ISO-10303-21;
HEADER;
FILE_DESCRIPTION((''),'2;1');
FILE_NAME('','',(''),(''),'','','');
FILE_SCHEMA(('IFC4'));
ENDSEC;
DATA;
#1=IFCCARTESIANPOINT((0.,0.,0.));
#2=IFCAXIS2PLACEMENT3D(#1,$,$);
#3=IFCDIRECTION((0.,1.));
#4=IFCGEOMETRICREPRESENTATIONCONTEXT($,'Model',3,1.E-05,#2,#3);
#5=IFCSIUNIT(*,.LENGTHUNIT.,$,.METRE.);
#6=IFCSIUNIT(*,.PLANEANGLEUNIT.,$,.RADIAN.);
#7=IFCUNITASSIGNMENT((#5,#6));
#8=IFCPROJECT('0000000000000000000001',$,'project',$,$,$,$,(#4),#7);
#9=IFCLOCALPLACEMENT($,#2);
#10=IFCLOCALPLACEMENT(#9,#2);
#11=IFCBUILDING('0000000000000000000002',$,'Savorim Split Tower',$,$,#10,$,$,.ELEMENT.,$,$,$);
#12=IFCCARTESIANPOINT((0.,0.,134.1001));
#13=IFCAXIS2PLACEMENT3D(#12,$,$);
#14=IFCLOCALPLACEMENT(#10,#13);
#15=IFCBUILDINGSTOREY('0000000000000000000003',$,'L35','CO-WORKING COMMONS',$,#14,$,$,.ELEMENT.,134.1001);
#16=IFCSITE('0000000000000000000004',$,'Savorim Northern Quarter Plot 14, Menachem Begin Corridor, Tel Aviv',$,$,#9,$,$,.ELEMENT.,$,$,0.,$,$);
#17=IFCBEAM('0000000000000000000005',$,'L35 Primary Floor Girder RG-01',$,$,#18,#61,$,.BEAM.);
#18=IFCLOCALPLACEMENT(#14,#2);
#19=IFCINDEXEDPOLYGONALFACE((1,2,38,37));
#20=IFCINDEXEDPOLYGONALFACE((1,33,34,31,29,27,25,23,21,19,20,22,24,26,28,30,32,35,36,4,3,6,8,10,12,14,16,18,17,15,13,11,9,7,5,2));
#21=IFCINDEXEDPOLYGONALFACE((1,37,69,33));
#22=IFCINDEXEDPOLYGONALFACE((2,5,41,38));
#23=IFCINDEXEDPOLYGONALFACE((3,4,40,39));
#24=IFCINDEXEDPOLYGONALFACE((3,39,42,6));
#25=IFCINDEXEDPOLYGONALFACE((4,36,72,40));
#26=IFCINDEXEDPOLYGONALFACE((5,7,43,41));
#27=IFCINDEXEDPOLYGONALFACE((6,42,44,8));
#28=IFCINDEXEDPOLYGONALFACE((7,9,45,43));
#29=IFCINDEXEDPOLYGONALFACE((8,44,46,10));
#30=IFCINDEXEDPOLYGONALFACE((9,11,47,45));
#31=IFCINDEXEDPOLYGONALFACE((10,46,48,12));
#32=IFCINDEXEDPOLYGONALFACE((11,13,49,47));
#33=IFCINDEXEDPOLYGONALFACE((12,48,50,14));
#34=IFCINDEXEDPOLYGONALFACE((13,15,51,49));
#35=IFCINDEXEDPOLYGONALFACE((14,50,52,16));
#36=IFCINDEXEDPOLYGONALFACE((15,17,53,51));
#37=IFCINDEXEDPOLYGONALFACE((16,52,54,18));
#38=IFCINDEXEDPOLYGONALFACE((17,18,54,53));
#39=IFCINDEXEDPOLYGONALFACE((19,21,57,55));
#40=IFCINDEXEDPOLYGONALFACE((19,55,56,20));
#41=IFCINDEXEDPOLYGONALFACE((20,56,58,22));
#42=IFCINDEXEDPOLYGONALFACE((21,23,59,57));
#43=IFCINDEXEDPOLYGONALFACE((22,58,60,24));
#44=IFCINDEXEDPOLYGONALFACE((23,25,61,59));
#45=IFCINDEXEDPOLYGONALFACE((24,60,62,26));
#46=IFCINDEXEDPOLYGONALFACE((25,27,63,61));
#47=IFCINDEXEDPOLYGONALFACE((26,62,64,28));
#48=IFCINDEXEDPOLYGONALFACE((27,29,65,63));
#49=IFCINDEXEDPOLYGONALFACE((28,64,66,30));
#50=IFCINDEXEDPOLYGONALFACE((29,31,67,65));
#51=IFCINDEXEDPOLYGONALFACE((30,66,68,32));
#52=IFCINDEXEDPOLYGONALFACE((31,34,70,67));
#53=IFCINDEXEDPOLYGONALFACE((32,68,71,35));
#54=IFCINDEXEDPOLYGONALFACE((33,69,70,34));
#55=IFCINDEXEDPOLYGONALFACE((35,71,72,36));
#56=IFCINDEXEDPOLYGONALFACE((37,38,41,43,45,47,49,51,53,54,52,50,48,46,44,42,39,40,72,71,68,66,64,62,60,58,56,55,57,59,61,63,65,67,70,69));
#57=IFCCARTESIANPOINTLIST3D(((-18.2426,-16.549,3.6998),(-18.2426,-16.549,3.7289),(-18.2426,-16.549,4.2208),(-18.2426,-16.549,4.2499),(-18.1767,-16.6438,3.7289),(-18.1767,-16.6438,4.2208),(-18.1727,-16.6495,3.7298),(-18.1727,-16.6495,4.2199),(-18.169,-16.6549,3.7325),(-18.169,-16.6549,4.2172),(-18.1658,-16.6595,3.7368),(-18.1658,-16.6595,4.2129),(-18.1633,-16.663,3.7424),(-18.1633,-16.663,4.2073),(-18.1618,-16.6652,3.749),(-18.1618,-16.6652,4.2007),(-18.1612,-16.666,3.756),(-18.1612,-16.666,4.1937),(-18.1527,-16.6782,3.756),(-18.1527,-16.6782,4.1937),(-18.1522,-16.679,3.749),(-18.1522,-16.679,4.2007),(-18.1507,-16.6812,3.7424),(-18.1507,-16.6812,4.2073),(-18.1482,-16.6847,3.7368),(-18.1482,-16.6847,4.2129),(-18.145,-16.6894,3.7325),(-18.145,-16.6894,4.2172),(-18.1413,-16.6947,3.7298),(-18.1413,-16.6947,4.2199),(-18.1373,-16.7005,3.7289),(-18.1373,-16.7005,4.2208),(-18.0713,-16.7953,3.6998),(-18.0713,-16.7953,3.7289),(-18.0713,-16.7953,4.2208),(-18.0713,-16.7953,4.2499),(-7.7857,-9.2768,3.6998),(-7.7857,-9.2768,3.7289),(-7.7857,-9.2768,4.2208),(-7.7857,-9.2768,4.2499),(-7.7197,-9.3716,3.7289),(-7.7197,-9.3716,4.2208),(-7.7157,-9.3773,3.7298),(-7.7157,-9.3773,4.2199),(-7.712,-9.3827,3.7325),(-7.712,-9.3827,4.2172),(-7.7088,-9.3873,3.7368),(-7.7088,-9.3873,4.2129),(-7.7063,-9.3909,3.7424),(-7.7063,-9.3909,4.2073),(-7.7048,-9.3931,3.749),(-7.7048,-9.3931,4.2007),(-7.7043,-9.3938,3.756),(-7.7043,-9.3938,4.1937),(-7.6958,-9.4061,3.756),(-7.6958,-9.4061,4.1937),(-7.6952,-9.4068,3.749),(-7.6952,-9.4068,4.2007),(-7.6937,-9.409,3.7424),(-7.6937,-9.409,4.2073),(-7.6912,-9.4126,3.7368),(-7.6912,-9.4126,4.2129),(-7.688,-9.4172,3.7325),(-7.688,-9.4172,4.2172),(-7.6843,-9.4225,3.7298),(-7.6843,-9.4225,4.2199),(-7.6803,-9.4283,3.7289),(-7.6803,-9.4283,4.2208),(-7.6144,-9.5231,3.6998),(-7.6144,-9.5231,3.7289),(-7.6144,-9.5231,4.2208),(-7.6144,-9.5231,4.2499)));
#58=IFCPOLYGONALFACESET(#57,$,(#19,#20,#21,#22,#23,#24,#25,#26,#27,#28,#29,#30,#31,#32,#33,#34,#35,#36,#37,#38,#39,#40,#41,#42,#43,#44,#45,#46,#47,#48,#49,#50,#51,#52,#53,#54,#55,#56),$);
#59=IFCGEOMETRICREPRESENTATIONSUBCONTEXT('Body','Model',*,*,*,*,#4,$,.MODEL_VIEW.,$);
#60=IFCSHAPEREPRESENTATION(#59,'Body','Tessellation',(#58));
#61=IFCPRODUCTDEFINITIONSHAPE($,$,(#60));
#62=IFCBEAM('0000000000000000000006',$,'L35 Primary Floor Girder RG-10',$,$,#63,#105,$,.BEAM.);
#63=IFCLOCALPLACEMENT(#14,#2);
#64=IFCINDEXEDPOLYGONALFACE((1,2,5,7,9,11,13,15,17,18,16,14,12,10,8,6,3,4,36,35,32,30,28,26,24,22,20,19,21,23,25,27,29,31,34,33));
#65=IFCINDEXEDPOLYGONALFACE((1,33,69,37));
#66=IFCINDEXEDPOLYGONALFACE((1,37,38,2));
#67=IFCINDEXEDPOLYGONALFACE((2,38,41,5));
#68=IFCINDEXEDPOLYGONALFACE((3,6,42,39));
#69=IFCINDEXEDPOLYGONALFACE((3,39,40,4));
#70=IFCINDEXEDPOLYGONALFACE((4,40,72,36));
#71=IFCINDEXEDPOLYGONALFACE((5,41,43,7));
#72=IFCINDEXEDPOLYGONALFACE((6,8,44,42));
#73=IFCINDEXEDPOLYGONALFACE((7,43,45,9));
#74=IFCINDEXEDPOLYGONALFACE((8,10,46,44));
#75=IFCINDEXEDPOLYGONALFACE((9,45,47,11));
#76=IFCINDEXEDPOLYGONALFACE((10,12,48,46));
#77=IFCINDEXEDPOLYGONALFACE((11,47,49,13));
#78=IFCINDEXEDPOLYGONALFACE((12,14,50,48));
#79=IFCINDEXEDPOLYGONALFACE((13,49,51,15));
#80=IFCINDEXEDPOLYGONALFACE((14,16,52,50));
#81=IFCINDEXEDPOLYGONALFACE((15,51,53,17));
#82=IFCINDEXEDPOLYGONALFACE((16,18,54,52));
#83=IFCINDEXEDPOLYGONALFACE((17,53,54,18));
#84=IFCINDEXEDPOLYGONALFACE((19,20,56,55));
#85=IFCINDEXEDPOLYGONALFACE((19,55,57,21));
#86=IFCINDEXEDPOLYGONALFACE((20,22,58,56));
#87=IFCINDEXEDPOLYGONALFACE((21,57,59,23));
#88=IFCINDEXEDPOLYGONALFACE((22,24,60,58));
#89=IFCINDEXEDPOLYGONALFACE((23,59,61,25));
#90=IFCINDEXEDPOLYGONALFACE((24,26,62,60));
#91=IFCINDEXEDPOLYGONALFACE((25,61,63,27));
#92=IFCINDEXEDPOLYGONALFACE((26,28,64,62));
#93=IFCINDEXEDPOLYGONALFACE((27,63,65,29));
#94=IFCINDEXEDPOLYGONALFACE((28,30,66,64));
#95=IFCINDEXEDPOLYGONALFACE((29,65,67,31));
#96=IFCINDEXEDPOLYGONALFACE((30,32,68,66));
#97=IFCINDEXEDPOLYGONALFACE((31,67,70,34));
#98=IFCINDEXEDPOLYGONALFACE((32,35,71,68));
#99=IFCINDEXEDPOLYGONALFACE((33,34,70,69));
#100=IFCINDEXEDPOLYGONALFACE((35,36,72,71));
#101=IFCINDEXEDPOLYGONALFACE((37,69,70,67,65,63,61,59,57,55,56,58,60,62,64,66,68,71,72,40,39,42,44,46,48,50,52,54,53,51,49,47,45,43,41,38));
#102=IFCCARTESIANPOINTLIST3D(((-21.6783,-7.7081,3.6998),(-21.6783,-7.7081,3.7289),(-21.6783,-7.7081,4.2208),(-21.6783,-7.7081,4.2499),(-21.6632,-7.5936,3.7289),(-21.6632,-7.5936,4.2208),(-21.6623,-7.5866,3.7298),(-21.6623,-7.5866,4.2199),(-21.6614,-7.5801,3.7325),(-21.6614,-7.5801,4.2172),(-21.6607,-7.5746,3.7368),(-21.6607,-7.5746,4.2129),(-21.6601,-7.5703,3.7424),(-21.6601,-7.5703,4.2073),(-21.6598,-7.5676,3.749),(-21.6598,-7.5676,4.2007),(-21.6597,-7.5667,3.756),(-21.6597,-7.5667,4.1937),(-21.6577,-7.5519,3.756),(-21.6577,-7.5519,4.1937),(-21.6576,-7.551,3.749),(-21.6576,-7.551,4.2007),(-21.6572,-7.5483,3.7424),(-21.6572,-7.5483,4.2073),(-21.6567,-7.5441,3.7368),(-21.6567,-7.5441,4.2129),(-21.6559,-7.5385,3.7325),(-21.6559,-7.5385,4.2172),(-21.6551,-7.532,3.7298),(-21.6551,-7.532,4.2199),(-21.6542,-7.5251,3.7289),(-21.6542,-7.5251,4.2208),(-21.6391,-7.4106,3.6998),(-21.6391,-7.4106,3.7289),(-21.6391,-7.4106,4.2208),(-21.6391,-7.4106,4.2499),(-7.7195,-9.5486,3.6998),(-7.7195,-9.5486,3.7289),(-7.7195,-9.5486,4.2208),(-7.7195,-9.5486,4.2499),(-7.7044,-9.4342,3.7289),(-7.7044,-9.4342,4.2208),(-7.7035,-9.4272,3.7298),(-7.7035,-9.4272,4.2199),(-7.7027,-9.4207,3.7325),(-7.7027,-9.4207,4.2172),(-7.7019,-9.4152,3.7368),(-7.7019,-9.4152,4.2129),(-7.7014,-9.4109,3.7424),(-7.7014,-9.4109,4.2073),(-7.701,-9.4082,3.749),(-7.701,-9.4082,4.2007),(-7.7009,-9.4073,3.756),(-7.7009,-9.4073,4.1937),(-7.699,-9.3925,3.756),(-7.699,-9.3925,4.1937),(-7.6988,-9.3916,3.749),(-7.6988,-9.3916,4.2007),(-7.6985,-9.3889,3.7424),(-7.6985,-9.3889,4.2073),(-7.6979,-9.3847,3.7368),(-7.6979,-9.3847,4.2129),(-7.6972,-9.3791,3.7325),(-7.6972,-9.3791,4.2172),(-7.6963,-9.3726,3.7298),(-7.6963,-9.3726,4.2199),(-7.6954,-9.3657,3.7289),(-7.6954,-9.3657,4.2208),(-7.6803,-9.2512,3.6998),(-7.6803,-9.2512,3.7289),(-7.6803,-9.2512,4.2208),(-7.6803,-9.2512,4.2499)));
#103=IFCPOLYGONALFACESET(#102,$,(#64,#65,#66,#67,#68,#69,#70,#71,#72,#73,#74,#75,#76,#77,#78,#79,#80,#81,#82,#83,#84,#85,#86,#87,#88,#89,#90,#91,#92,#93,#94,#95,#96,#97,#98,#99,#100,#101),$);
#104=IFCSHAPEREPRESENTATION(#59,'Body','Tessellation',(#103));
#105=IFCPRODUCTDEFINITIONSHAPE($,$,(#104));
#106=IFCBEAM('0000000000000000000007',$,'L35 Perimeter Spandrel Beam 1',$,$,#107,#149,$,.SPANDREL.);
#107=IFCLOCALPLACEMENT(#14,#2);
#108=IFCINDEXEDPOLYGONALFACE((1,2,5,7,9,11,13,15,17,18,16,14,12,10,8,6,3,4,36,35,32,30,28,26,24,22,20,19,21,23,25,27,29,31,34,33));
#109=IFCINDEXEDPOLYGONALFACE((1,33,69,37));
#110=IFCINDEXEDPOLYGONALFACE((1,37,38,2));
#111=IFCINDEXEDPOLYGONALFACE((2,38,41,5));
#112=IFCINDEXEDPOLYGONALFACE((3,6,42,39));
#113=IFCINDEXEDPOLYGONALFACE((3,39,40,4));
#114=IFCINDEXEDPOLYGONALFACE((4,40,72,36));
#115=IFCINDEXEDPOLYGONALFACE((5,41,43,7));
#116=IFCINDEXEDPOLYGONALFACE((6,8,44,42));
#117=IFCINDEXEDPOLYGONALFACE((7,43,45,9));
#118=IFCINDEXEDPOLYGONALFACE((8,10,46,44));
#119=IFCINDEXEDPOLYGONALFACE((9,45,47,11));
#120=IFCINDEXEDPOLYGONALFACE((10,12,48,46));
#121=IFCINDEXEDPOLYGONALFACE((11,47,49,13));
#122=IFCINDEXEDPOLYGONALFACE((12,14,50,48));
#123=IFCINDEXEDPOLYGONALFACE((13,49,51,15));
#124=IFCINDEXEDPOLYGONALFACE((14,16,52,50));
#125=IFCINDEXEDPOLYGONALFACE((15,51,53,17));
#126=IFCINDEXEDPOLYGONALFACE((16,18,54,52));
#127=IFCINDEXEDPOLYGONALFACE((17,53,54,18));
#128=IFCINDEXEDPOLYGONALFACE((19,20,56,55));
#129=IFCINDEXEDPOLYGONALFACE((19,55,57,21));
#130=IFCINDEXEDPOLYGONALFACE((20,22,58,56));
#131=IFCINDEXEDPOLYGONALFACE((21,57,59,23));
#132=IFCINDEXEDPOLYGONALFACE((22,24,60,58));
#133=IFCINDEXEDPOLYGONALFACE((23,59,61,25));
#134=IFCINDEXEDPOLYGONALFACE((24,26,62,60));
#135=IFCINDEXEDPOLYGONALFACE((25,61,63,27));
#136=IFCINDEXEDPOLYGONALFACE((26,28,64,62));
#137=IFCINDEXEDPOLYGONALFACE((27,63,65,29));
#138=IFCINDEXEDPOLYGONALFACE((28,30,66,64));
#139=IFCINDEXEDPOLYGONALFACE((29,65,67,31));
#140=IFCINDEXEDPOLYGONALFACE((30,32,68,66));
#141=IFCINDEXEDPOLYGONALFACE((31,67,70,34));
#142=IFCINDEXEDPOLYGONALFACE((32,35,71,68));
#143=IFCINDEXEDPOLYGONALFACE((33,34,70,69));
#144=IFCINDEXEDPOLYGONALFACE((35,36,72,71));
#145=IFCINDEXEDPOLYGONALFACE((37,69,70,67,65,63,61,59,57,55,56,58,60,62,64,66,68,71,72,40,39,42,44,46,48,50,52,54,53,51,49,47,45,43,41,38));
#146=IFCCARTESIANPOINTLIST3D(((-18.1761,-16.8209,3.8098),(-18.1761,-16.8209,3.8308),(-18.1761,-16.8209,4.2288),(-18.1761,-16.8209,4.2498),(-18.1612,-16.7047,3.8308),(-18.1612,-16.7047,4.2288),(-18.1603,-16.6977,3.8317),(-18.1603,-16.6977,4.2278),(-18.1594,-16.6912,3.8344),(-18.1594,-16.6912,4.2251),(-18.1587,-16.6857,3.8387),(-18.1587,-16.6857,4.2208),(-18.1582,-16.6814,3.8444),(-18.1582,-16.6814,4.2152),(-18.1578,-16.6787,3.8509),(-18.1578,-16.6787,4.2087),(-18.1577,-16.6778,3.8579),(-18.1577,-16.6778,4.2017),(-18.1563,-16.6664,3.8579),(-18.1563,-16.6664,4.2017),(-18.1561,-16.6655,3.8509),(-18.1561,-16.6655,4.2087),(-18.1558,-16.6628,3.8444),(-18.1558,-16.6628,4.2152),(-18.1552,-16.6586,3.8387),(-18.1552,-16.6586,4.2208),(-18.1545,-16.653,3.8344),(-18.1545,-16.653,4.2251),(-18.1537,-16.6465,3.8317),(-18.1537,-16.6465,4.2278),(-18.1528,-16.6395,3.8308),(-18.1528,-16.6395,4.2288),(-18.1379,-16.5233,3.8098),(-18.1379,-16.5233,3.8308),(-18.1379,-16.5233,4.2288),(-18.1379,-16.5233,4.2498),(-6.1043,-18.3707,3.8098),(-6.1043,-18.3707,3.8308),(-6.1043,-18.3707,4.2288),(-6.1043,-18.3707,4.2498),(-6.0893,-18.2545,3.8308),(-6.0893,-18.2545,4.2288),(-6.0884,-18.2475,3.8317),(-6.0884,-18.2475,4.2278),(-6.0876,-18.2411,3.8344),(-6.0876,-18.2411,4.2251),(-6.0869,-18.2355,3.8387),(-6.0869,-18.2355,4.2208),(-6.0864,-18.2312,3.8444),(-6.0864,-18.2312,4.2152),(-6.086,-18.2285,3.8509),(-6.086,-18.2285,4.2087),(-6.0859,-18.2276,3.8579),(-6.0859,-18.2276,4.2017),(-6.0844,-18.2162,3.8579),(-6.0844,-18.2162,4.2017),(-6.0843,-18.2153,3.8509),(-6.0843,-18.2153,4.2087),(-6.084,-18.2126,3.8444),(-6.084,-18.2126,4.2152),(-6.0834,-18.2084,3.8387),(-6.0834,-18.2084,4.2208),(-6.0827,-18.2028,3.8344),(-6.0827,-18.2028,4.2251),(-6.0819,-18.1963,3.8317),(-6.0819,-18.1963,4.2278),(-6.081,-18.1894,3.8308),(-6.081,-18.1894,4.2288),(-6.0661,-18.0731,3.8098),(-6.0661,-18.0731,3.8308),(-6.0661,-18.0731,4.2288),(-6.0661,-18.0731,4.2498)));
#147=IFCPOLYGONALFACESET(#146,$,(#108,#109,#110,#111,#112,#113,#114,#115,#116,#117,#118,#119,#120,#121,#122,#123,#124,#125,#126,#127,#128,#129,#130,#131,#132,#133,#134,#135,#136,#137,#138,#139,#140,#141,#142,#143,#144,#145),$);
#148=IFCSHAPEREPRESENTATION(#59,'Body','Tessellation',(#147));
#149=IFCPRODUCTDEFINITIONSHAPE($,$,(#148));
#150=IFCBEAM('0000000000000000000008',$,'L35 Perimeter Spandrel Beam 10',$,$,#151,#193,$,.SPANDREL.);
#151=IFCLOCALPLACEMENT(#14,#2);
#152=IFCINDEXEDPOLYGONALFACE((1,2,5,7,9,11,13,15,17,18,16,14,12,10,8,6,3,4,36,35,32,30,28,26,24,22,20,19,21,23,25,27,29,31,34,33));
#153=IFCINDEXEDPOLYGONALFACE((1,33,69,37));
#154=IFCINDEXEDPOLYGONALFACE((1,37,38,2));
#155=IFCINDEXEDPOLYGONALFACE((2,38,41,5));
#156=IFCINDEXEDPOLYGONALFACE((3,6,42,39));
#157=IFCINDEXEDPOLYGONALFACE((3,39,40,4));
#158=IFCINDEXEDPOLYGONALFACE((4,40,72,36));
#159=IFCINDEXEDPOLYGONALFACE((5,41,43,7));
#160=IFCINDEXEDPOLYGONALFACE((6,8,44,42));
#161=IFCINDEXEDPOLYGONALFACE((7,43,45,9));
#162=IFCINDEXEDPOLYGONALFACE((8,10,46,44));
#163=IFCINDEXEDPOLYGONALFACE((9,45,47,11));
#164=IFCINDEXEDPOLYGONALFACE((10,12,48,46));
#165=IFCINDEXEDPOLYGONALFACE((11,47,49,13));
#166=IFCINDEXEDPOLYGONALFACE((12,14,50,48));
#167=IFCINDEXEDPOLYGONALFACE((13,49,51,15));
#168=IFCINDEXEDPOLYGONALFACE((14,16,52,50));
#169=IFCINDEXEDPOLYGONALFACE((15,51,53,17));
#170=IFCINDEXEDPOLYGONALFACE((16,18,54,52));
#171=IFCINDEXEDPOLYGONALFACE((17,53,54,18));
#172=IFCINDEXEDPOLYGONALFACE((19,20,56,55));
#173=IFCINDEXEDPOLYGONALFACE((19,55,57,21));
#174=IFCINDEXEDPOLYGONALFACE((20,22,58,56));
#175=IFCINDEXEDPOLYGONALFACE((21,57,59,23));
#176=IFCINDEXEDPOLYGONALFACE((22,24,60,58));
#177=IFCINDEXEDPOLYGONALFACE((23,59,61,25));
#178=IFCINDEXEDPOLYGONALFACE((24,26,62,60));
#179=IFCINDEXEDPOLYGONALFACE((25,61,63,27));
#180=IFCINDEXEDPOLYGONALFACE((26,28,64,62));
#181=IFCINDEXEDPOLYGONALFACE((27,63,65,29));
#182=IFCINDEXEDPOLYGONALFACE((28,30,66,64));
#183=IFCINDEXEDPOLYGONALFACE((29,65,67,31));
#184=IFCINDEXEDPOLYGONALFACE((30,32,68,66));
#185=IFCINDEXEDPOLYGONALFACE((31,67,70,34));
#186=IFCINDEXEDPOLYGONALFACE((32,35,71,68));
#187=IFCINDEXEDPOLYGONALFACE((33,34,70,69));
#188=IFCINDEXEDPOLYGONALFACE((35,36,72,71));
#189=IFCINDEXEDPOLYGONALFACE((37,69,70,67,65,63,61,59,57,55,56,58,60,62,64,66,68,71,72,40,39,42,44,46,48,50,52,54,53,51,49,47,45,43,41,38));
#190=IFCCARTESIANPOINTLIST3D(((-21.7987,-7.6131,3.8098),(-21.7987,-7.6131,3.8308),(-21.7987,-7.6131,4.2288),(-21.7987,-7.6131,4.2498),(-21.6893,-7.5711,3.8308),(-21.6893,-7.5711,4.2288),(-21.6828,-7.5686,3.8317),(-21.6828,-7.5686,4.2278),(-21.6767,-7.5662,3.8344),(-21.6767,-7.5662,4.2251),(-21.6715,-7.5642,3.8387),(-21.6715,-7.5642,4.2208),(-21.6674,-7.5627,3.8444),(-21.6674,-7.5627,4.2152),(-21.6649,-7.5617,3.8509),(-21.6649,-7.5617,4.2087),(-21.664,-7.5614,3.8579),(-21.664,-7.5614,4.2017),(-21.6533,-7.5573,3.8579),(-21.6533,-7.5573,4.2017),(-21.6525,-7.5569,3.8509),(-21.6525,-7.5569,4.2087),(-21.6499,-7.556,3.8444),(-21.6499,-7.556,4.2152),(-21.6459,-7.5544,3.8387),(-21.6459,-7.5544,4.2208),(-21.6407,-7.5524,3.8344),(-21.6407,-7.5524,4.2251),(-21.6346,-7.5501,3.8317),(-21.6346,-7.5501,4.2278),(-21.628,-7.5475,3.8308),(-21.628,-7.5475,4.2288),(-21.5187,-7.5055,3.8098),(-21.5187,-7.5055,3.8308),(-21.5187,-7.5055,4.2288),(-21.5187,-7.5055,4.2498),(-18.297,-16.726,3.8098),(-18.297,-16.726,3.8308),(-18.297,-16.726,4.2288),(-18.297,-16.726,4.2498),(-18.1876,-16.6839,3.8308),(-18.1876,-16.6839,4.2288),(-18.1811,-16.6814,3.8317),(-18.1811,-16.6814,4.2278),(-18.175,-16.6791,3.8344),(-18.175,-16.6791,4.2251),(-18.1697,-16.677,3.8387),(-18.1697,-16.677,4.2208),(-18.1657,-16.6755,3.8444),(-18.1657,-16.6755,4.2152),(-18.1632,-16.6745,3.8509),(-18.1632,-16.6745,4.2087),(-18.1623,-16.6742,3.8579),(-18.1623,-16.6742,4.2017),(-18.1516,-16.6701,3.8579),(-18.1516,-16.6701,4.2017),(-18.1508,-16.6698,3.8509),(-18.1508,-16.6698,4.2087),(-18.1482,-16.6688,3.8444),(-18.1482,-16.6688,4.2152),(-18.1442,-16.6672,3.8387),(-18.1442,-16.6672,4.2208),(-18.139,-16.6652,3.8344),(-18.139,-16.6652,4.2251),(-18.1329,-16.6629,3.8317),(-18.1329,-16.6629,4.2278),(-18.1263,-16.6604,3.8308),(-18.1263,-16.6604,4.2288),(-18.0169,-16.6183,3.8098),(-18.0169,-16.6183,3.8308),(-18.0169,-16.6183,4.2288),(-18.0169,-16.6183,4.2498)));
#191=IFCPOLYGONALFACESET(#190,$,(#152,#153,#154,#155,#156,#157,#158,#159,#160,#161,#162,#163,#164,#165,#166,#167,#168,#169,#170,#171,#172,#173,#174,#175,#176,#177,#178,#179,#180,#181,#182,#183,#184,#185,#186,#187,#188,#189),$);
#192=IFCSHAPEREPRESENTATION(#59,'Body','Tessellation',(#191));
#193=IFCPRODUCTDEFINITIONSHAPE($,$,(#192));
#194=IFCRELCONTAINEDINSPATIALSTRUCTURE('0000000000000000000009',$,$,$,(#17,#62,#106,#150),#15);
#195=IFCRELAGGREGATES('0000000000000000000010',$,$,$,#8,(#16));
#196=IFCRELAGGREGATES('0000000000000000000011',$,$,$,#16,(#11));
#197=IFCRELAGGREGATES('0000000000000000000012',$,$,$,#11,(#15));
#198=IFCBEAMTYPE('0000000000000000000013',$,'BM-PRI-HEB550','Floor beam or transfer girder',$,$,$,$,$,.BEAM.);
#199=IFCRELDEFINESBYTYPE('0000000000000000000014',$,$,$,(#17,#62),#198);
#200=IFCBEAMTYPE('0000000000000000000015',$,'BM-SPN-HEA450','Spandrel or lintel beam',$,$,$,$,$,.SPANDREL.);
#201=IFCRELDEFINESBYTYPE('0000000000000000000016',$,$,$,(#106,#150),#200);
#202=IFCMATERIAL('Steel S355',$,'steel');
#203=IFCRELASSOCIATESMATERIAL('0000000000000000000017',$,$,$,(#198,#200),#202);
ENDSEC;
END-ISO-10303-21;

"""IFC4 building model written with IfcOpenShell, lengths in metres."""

from ifc_helpers import new_model, si_unit, direction, frame, origin, origin_2d, place, context, subcontext, project, spatial, i_section, extrude, material, material_profile, profile_set, type_object, element, save


model = new_model("IFC4")

# Units and contexts
model_context = context("Model", 3, precision=1e-05, world=origin(), true_north=direction((0.0, 1.0)))
body_context = subcontext(model_context, "Body", "Model", "MODEL_VIEW")
ifc_project = project(units=[si_unit("LENGTHUNIT", "METRE"), si_unit("PLANEANGLEUNIT", "RADIAN")], contexts=[model_context])

# Site, building, storey
site_placement = place(None, origin())
site = spatial("IfcSite", under=ifc_project, at=site_placement, Name="Savorim Northern Quarter Plot 14, Menachem Begin Corridor, Tel Aviv", CompositionType="ELEMENT", RefElevation=0.0)
building_placement = place(site_placement, origin())
building = spatial("IfcBuilding", under=site, at=building_placement, Name="Savorim Split Tower", CompositionType="ELEMENT")
storey_placement = place(building_placement, frame((0.0, 0.0, 134.1001)))
storey = spatial("IfcBuildingStorey", under=building, at=storey_placement, Name="L35", Description="CO-WORKING COMMONS", CompositionType="ELEMENT", Elevation=134.1001)

# Beams
ifc_material_1 = material(Name="Steel S355", Category="steel")
ifc_material_profile_1 = material_profile(ifc_material_1, i_section(OverallWidth=0.3, OverallDepth=0.55, WebThickness=0.0149, FlangeThickness=0.0291, FilletRadius=0.0271, at=origin_2d()), Name="HEB 550")
ifc_profile_set_1 = profile_set([ifc_material_profile_1], Name="Steel S355")
beam_type_1 = type_object("IfcBeamType", Name="BM-PRI-HEB550", Description="Floor beam or transfer girder", PredefinedType="BEAM", material=ifc_profile_set_1)
beam_1_placement = place(storey_placement, frame((-18.157, -16.6721, 3.9749), z_axis=(0.820988, 0.570946, 0.0), x_axis=(-0.570946, 0.820988, 0.0)))
element("IfcBeam", 1, at=beam_1_placement, inside=storey, type_object=beam_type_1, Name="L35 Primary Floor Girder RG-01", PredefinedType="BEAM", context=body_context, shape_type="SweptSolid", body=[
    extrude(i_section(OverallWidth=0.3, OverallDepth=0.55, WebThickness=0.0149, FlangeThickness=0.0291, FilletRadius=0.0271, at=origin_2d()), origin(), (0.0, 0.0, 1.0), 12.7371),
])
beam_2_placement = place(storey_placement, frame((-21.6587, -7.5593, 3.9749), z_axis=(0.991418, -0.130727, 0.0), x_axis=(0.130727, 0.991418, 0.0)))
element("IfcBeam", 2, at=beam_2_placement, inside=storey, type_object=beam_type_1, Name="L35 Primary Floor Girder RG-10", PredefinedType="BEAM", context=body_context, shape_type="SweptSolid", body=[
    extrude(i_section(OverallWidth=0.3, OverallDepth=0.55, WebThickness=0.0149, FlangeThickness=0.0291, FilletRadius=0.0271, at=origin_2d()), origin(), (0.0, 0.0, 1.0), 14.0796),
])
ifc_material_profile_2 = material_profile(ifc_material_1, i_section(OverallWidth=0.3, OverallDepth=0.4399, WebThickness=0.0115, FlangeThickness=0.021, FilletRadius=0.0271, at=origin_2d()), Name="HEA 450")
ifc_profile_set_2 = profile_set([ifc_material_profile_2], Name="Steel S355")
beam_type_2 = type_object("IfcBeamType", Name="BM-SPN-HEA450", Description="Spandrel or lintel beam", PredefinedType="SPANDREL", material=ifc_profile_set_2)
beam_3_placement = place(storey_placement, frame((-18.157, -16.6721, 4.0298), z_axis=(0.991859, -0.127337, 0.0), x_axis=(0.127337, 0.991859, 0.0)))
element("IfcBeam", 3, at=beam_3_placement, inside=storey, type_object=beam_type_2, Name="L35 Perimeter Spandrel Beam 1", PredefinedType="SPANDREL", context=body_context, shape_type="SweptSolid", body=[
    extrude(i_section(OverallWidth=0.3, OverallDepth=0.4399, WebThickness=0.0115, FlangeThickness=0.021, FilletRadius=0.0271, at=origin_2d()), origin(), (0.0, 0.0, 1.0), 12.1709),
])
beam_4_placement = place(storey_placement, frame((-21.6587, -7.5593, 4.0298), z_axis=(0.358692, -0.933456, 0.0), x_axis=(0.933456, 0.358692, 0.0)))
element("IfcBeam", 4, at=beam_4_placement, inside=storey, type_object=beam_type_2, Name="L35 Perimeter Spandrel Beam 10", PredefinedType="SPANDREL", context=body_context, shape_type="SweptSolid", body=[
    extrude(i_section(OverallWidth=0.3, OverallDepth=0.4399, WebThickness=0.0115, FlangeThickness=0.021, FilletRadius=0.0271, at=origin_2d()), origin(), (0.0, 0.0, 1.0), 9.7625),
])

save(model, "model.ifc")
